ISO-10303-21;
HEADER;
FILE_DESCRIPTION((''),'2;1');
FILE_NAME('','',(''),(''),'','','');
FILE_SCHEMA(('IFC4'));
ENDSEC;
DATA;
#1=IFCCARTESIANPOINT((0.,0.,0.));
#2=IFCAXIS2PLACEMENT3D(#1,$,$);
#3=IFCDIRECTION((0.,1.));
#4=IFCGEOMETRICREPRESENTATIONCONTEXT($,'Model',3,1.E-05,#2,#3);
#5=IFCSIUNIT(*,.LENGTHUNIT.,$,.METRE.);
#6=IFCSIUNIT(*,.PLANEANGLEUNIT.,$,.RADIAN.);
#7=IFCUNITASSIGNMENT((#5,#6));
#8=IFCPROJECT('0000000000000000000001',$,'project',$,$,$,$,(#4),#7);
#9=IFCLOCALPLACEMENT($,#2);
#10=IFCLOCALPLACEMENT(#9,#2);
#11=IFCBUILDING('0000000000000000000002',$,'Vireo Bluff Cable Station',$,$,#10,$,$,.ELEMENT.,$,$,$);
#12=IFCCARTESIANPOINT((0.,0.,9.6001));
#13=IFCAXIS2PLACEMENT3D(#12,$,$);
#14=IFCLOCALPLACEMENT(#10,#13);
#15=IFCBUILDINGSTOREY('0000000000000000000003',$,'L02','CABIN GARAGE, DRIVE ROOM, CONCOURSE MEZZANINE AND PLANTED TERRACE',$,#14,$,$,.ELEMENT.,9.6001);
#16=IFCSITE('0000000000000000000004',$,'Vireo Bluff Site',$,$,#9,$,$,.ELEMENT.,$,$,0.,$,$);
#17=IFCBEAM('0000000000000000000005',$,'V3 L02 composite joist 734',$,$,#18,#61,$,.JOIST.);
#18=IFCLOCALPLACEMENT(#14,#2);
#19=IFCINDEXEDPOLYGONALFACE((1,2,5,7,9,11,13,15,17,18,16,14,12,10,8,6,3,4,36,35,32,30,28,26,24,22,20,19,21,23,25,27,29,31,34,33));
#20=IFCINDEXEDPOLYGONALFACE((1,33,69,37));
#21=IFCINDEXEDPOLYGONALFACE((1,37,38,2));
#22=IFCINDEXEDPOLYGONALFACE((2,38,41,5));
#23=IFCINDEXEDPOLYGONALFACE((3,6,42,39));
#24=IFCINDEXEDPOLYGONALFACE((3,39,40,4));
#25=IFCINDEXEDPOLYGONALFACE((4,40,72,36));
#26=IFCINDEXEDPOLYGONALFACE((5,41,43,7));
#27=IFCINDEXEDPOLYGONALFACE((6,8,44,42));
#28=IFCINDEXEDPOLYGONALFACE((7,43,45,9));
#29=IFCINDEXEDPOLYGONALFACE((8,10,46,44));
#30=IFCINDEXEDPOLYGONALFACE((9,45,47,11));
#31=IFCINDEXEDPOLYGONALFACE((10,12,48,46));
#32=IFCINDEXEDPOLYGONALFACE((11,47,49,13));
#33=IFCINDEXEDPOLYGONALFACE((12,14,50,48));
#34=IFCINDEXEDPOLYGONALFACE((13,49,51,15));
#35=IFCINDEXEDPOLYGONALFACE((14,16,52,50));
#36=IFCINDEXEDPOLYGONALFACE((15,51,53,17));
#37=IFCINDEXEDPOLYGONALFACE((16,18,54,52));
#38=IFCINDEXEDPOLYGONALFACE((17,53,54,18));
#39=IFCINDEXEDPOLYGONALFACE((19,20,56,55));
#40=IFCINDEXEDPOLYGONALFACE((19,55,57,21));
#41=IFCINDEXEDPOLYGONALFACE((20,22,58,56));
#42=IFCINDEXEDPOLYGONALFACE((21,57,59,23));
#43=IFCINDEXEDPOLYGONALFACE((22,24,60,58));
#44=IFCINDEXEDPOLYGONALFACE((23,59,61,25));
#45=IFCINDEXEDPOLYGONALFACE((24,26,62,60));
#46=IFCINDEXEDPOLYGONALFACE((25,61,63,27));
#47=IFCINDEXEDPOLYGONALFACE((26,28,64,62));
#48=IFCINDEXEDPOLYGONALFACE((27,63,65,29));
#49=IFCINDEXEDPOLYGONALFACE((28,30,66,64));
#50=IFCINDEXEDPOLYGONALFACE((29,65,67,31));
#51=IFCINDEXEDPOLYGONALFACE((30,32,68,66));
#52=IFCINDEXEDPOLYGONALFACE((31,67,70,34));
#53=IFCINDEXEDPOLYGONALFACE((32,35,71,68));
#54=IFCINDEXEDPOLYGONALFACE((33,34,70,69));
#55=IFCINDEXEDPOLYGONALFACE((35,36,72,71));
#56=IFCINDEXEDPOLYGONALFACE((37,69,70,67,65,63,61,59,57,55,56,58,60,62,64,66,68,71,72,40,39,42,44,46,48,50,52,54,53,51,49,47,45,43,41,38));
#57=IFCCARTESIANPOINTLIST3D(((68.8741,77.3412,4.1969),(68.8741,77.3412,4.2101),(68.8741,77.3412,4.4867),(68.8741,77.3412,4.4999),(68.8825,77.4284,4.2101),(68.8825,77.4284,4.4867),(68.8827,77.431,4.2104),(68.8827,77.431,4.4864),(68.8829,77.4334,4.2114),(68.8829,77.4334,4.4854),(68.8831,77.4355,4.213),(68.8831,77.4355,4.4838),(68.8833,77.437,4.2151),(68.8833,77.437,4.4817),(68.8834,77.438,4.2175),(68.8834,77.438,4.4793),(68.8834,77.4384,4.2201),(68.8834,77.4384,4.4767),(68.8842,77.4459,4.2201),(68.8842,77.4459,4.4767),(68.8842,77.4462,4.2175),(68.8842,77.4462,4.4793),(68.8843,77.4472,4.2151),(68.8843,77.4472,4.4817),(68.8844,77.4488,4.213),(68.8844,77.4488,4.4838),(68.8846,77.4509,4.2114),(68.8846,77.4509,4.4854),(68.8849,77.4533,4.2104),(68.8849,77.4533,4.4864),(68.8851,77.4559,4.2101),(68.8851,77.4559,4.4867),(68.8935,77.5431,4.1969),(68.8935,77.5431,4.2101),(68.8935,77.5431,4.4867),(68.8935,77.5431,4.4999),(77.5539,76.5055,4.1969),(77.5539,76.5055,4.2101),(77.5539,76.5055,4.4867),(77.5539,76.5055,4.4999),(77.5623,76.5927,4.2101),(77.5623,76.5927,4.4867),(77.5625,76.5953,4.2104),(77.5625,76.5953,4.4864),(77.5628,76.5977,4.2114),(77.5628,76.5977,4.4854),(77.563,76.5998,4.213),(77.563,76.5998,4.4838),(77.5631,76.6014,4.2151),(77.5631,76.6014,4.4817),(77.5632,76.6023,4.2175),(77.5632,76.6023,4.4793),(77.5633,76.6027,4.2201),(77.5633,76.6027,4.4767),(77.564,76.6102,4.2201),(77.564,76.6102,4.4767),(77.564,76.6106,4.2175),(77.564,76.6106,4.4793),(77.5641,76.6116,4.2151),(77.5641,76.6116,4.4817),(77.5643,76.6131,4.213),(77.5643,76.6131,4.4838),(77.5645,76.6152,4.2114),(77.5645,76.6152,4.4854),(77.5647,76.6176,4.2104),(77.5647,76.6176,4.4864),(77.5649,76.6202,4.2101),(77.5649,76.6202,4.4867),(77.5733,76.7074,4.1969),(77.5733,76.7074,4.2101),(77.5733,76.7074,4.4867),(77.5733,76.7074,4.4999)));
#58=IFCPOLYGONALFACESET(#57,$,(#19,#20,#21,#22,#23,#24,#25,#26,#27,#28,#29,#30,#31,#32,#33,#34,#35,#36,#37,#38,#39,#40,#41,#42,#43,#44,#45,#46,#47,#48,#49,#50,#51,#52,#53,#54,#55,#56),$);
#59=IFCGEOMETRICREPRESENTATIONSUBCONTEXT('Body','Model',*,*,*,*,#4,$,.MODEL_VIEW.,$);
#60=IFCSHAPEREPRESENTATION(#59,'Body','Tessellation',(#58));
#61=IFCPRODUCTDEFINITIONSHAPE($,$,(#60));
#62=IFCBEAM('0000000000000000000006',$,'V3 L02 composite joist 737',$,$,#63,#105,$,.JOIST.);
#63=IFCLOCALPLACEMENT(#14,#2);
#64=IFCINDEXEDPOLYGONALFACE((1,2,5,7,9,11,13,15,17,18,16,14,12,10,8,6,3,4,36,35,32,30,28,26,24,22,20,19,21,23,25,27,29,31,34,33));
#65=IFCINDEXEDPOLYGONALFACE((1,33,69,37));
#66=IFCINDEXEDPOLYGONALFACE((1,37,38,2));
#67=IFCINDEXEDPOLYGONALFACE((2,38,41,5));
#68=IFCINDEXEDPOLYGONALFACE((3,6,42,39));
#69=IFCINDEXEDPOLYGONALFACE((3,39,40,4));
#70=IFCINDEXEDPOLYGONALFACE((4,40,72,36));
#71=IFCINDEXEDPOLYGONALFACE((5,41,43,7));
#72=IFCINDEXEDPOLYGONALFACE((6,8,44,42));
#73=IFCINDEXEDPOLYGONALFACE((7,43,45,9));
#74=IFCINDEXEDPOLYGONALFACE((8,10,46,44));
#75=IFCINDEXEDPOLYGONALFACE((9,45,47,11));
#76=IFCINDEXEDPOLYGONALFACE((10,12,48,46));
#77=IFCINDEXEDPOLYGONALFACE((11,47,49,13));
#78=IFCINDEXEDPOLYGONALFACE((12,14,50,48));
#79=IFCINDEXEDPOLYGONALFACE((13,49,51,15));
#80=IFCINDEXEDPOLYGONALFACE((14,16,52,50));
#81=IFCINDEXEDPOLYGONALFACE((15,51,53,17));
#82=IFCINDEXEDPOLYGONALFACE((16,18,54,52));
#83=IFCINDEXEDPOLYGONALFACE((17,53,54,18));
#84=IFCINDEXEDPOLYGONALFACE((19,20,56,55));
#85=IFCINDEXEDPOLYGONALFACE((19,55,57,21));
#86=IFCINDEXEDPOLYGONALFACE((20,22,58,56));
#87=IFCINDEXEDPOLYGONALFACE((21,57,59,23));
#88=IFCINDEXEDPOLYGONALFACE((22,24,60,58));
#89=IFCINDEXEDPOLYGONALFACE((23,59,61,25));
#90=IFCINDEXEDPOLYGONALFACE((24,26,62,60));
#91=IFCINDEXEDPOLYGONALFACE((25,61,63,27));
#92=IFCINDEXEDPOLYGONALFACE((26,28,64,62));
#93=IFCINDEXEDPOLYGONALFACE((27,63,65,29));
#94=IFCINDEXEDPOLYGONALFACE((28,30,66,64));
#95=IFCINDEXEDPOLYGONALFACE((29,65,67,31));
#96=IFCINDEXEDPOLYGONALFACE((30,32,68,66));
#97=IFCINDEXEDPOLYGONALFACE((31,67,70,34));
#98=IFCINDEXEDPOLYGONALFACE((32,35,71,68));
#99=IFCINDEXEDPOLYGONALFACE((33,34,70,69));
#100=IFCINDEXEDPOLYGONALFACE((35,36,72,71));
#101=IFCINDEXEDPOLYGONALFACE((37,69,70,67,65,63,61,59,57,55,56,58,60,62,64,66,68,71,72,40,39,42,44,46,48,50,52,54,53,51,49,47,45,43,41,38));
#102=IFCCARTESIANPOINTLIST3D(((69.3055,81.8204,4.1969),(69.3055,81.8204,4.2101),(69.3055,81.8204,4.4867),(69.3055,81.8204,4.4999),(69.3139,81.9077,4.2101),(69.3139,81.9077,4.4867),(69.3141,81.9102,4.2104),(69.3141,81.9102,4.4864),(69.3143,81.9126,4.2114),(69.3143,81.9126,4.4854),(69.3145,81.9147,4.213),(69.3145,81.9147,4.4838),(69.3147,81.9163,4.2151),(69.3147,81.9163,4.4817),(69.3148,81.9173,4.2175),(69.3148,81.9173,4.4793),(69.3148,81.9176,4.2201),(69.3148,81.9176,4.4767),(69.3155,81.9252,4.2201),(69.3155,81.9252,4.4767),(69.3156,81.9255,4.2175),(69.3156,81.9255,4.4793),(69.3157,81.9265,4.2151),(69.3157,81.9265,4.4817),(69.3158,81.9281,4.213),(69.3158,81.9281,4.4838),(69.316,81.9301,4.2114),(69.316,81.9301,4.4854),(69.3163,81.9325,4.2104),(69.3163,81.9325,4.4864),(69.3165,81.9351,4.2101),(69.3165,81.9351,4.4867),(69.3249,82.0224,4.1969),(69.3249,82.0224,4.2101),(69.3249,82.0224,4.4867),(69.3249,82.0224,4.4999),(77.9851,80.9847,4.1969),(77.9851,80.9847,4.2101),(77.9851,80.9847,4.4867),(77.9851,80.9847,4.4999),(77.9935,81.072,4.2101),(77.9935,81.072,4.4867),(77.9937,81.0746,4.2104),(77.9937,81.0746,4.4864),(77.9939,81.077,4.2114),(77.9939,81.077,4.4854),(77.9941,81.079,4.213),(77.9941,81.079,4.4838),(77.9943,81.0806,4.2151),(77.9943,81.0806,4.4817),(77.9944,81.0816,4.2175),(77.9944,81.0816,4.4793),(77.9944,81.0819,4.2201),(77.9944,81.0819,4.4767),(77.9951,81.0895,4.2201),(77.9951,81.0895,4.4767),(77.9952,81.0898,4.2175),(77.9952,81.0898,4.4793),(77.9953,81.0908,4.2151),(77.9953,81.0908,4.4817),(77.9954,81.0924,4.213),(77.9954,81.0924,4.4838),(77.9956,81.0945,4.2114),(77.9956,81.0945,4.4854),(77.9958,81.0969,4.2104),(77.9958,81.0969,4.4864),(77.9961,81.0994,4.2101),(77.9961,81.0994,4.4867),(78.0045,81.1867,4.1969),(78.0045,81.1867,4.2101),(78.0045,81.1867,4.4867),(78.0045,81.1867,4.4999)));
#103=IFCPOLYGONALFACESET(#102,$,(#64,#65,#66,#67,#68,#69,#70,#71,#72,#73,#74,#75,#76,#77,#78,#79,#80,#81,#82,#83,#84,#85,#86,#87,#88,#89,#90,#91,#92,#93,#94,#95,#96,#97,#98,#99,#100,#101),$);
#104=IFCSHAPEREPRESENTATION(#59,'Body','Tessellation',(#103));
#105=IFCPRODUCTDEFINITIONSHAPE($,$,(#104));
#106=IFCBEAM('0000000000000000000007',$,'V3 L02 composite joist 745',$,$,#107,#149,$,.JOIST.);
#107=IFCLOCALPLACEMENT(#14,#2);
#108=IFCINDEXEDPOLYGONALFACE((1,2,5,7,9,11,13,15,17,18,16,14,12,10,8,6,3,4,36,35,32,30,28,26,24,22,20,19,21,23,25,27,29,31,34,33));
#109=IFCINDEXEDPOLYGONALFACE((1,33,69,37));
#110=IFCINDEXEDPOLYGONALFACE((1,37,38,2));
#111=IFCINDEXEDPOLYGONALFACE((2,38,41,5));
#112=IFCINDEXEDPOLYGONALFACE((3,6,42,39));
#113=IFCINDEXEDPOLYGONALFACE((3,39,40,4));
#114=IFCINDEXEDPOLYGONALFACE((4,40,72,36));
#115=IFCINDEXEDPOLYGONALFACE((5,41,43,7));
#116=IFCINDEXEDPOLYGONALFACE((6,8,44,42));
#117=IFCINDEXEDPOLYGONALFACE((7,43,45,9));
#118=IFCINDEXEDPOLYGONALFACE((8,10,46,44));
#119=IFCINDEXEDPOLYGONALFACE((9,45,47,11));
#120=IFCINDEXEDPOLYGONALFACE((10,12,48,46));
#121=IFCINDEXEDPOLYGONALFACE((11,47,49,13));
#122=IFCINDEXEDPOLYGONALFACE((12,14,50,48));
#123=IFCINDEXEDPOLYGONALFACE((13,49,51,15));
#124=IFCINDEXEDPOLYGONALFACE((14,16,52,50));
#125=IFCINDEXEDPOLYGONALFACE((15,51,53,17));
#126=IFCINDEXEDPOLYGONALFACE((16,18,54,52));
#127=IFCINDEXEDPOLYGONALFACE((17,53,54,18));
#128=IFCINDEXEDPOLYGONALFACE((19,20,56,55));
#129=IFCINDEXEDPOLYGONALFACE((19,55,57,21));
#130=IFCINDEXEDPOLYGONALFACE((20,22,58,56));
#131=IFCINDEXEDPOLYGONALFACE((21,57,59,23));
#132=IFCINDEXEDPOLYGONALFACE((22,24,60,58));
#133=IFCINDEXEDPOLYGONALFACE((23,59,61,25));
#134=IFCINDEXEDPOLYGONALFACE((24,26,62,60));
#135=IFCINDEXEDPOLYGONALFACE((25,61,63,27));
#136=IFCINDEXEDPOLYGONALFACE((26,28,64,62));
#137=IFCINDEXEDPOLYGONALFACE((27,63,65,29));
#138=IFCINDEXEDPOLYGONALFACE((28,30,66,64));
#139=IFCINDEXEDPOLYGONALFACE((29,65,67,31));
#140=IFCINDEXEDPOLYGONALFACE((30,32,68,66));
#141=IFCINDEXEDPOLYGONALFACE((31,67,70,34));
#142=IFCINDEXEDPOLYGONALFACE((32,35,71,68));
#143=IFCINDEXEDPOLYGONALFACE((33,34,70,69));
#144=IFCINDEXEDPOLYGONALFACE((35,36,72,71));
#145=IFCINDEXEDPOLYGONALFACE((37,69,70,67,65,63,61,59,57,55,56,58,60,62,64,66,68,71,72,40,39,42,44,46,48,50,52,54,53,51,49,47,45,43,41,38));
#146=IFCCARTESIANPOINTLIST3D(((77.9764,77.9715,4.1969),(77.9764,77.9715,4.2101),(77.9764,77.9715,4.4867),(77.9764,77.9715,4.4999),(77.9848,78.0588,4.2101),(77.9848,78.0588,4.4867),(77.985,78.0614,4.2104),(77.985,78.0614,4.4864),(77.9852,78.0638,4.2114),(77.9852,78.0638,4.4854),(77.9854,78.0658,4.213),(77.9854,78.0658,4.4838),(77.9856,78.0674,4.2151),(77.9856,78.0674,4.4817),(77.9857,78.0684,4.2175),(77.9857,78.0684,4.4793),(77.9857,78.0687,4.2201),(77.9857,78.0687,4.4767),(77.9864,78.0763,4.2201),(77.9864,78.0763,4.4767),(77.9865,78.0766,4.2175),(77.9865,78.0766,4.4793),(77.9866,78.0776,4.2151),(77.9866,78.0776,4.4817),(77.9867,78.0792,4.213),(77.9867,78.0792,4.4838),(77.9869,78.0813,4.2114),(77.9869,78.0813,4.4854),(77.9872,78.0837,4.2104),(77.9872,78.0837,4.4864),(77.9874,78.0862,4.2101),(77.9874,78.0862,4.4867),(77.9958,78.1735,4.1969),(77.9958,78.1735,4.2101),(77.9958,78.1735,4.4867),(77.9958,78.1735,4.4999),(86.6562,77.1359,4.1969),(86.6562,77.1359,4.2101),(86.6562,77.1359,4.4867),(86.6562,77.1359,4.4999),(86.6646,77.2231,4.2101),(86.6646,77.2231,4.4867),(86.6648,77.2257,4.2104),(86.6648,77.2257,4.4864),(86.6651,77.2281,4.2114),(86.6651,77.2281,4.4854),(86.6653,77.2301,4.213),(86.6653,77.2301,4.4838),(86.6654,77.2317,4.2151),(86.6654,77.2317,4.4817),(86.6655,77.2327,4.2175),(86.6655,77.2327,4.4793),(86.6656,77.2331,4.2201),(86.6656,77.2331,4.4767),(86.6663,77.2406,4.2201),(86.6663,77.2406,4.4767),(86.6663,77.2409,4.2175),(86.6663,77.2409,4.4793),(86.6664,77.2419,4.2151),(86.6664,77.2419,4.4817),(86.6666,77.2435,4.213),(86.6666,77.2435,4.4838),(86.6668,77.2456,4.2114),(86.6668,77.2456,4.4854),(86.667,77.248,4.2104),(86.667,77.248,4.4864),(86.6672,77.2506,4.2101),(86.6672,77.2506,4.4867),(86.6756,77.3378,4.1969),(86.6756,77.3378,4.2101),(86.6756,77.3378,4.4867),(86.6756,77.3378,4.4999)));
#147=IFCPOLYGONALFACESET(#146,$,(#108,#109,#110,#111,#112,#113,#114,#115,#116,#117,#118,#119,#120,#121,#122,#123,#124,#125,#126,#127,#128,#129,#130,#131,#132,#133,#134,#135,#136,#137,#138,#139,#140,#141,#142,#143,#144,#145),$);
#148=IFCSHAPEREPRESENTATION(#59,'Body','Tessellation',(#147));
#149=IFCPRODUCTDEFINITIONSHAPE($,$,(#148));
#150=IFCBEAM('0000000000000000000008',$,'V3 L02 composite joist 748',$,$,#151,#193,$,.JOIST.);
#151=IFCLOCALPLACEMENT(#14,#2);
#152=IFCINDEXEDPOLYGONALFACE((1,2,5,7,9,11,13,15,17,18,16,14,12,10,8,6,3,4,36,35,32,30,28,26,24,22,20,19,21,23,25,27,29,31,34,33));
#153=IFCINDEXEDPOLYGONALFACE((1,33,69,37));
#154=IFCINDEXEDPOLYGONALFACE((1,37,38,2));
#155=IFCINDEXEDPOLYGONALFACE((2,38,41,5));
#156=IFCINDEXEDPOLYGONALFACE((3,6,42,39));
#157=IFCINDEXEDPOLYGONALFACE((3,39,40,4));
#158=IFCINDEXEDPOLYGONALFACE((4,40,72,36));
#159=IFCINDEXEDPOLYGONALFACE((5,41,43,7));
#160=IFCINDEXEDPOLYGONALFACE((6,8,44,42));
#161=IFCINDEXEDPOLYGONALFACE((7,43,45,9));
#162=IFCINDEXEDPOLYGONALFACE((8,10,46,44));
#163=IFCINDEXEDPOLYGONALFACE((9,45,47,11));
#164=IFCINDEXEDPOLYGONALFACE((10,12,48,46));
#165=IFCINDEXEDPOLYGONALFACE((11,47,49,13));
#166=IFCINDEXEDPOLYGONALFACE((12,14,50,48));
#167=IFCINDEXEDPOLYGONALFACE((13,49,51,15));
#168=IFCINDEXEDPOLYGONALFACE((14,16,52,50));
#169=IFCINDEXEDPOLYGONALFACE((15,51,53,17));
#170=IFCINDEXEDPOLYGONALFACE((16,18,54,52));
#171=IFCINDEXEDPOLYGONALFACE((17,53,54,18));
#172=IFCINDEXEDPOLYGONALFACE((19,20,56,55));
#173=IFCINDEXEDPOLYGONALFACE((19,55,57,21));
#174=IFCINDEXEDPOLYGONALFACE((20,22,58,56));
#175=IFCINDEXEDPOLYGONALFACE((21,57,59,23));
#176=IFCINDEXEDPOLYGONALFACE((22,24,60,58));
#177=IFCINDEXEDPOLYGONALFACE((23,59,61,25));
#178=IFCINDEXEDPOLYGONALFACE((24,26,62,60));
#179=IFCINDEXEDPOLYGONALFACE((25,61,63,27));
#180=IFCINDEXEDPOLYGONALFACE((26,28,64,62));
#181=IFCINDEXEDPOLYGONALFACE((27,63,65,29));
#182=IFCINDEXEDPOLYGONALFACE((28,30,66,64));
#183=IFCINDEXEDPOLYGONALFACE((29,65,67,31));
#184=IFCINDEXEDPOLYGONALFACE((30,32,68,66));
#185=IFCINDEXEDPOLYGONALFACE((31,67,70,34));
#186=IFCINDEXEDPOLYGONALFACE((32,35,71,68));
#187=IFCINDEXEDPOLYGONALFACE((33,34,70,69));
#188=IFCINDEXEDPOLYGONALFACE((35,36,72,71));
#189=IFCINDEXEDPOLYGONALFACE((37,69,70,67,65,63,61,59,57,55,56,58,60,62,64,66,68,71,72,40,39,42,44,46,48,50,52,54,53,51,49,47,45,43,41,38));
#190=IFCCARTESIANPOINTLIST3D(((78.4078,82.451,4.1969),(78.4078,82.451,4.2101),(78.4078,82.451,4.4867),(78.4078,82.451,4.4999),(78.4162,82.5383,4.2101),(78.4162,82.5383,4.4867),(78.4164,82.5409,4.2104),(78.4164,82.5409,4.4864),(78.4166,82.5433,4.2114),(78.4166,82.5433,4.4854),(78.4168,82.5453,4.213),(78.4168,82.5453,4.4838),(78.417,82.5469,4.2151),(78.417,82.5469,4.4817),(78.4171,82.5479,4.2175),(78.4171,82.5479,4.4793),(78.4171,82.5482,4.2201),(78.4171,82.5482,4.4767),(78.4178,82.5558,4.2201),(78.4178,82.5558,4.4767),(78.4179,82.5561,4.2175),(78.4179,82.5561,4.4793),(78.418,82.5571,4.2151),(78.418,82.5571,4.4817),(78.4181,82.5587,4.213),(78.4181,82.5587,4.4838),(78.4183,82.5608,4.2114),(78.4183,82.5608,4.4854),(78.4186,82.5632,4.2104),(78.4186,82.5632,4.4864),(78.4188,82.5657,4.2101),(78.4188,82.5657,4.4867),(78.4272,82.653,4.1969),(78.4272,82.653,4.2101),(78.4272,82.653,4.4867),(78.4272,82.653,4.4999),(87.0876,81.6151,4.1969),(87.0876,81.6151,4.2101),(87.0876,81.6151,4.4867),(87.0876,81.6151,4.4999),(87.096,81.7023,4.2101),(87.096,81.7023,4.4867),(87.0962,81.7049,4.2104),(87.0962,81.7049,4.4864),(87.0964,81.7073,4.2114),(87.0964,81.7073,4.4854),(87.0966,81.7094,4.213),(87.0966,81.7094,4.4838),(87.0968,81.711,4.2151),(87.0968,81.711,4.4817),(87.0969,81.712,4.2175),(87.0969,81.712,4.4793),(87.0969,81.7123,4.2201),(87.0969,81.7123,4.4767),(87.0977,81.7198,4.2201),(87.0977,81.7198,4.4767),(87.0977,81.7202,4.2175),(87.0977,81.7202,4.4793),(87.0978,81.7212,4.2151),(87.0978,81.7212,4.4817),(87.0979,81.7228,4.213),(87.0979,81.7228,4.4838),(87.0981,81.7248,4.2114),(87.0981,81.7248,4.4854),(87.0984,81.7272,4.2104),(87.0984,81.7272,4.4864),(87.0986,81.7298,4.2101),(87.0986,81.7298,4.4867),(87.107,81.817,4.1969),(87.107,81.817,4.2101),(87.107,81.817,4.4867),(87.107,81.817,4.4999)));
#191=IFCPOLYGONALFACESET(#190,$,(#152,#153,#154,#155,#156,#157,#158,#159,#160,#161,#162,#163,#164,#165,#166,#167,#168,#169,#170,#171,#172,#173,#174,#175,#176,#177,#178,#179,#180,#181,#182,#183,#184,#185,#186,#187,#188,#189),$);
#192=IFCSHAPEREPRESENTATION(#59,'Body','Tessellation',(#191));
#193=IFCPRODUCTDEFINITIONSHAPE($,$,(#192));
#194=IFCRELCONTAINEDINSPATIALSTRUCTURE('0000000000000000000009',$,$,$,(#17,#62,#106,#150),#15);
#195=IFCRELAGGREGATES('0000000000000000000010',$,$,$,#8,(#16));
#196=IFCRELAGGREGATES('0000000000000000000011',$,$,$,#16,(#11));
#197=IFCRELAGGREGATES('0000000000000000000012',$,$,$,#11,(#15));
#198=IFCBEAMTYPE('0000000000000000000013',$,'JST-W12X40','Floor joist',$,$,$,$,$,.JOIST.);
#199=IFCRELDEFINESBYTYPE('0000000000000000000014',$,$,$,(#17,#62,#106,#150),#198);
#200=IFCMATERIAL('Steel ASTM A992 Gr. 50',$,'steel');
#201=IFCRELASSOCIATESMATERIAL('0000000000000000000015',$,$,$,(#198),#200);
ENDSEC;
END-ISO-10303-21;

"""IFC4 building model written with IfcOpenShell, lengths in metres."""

from ifc_helpers import new_model, si_unit, direction, frame, origin, origin_2d, place, context, subcontext, project, spatial, i_section, extrude, material, material_profile, profile_set, type_object, element, save


model = new_model("IFC4")

# Units and contexts
model_context = context("Model", 3, precision=1e-05, world=origin(), true_north=direction((0.0, 1.0)))
body_context = subcontext(model_context, "Body", "Model", "MODEL_VIEW")
ifc_project = project(units=[si_unit("LENGTHUNIT", "METRE"), si_unit("PLANEANGLEUNIT", "RADIAN")], contexts=[model_context])

# Site, building, storey
site_placement = place(None, origin())
site = spatial("IfcSite", under=ifc_project, at=site_placement, Name="Vireo Bluff Site", CompositionType="ELEMENT", RefElevation=0.0)
building_placement = place(site_placement, origin())
building = spatial("IfcBuilding", under=site, at=building_placement, Name="Vireo Bluff Cable Station", CompositionType="ELEMENT")
storey_placement = place(building_placement, frame((0.0, 0.0, 9.6001)))
storey = spatial("IfcBuildingStorey", under=building, at=storey_placement, Name="L02", Description="CABIN GARAGE, DRIVE ROOM, CONCOURSE MEZZANINE AND PLANTED TERRACE", CompositionType="ELEMENT", Elevation=9.6001)

# Shared definitions
ifc_material_1 = material(Name="Steel ASTM A992 Gr. 50", Category="steel")

# Beams
ifc_material_profile_1 = material_profile(ifc_material_1, i_section(OverallWidth=0.2029, OverallDepth=0.303, WebThickness=0.0076, FlangeThickness=0.0132, FilletRadius=0.01, at=origin_2d()), Name="W12X40")
ifc_profile_set_1 = profile_set([ifc_material_profile_1], Name="Steel ASTM A992 Gr. 50")
beam_type_1 = type_object("IfcBeamType", Name="JST-W12X40", Description="Floor joist", PredefinedType="JOIST", material=ifc_profile_set_1)
beam_1_placement = place(storey_placement, frame((68.8838, 77.4421, 4.3484), z_axis=(0.995397, -0.095836, 0.0), x_axis=(0.095836, 0.995397, 0.0)))
element("IfcBeam", 1, at=beam_1_placement, inside=storey, type_object=beam_type_1, Name="V3 L02 composite joist 734", PredefinedType="JOIST", context=body_context, shape_type="SweptSolid", body=[
    extrude(i_section(OverallWidth=0.2029, OverallDepth=0.303, WebThickness=0.0076, FlangeThickness=0.0132, FilletRadius=0.01, at=origin_2d()), origin(), (0.0, 0.0, 1.0), 8.72),
])
beam_2_placement = place(storey_placement, frame((69.3152, 81.9214, 4.3484), z_axis=(0.995397, -0.095838, 0.0), x_axis=(0.095838, 0.995397, 0.0)))
element("IfcBeam", 2, at=beam_2_placement, inside=storey, type_object=beam_type_1, Name="V3 L02 composite joist 737", PredefinedType="JOIST", context=body_context, shape_type="SweptSolid", body=[
    extrude(i_section(OverallWidth=0.2029, OverallDepth=0.303, WebThickness=0.0076, FlangeThickness=0.0132, FilletRadius=0.01, at=origin_2d()), origin(), (0.0, 0.0, 1.0), 8.7197),
])
for number, where, z_axis, x_axis, name in (
    (3, (77.9861, 78.0725, 4.3484), (0.995397, -0.095836, 0.0), (0.095836, 0.995397, 0.0), "V3 L02 composite joist 745"),
    (4, (78.4175, 82.552, 4.3484), (0.995395, -0.095863, 0.0), (0.095863, 0.995395, 0.0), "V3 L02 composite joist 748"),
):
    element("IfcBeam", number, at=place(storey_placement, frame(where, z_axis=z_axis, x_axis=x_axis)), inside=storey, type_object=beam_type_1, Name=name, PredefinedType="JOIST", context=body_context, shape_type="SweptSolid", body=[
        extrude(i_section(OverallWidth=0.2029, OverallDepth=0.303, WebThickness=0.0076, FlangeThickness=0.0132, FilletRadius=0.01, at=origin_2d()), origin(), (0.0, 0.0, 1.0), 8.72),
    ])

save(model, "model.ifc")
